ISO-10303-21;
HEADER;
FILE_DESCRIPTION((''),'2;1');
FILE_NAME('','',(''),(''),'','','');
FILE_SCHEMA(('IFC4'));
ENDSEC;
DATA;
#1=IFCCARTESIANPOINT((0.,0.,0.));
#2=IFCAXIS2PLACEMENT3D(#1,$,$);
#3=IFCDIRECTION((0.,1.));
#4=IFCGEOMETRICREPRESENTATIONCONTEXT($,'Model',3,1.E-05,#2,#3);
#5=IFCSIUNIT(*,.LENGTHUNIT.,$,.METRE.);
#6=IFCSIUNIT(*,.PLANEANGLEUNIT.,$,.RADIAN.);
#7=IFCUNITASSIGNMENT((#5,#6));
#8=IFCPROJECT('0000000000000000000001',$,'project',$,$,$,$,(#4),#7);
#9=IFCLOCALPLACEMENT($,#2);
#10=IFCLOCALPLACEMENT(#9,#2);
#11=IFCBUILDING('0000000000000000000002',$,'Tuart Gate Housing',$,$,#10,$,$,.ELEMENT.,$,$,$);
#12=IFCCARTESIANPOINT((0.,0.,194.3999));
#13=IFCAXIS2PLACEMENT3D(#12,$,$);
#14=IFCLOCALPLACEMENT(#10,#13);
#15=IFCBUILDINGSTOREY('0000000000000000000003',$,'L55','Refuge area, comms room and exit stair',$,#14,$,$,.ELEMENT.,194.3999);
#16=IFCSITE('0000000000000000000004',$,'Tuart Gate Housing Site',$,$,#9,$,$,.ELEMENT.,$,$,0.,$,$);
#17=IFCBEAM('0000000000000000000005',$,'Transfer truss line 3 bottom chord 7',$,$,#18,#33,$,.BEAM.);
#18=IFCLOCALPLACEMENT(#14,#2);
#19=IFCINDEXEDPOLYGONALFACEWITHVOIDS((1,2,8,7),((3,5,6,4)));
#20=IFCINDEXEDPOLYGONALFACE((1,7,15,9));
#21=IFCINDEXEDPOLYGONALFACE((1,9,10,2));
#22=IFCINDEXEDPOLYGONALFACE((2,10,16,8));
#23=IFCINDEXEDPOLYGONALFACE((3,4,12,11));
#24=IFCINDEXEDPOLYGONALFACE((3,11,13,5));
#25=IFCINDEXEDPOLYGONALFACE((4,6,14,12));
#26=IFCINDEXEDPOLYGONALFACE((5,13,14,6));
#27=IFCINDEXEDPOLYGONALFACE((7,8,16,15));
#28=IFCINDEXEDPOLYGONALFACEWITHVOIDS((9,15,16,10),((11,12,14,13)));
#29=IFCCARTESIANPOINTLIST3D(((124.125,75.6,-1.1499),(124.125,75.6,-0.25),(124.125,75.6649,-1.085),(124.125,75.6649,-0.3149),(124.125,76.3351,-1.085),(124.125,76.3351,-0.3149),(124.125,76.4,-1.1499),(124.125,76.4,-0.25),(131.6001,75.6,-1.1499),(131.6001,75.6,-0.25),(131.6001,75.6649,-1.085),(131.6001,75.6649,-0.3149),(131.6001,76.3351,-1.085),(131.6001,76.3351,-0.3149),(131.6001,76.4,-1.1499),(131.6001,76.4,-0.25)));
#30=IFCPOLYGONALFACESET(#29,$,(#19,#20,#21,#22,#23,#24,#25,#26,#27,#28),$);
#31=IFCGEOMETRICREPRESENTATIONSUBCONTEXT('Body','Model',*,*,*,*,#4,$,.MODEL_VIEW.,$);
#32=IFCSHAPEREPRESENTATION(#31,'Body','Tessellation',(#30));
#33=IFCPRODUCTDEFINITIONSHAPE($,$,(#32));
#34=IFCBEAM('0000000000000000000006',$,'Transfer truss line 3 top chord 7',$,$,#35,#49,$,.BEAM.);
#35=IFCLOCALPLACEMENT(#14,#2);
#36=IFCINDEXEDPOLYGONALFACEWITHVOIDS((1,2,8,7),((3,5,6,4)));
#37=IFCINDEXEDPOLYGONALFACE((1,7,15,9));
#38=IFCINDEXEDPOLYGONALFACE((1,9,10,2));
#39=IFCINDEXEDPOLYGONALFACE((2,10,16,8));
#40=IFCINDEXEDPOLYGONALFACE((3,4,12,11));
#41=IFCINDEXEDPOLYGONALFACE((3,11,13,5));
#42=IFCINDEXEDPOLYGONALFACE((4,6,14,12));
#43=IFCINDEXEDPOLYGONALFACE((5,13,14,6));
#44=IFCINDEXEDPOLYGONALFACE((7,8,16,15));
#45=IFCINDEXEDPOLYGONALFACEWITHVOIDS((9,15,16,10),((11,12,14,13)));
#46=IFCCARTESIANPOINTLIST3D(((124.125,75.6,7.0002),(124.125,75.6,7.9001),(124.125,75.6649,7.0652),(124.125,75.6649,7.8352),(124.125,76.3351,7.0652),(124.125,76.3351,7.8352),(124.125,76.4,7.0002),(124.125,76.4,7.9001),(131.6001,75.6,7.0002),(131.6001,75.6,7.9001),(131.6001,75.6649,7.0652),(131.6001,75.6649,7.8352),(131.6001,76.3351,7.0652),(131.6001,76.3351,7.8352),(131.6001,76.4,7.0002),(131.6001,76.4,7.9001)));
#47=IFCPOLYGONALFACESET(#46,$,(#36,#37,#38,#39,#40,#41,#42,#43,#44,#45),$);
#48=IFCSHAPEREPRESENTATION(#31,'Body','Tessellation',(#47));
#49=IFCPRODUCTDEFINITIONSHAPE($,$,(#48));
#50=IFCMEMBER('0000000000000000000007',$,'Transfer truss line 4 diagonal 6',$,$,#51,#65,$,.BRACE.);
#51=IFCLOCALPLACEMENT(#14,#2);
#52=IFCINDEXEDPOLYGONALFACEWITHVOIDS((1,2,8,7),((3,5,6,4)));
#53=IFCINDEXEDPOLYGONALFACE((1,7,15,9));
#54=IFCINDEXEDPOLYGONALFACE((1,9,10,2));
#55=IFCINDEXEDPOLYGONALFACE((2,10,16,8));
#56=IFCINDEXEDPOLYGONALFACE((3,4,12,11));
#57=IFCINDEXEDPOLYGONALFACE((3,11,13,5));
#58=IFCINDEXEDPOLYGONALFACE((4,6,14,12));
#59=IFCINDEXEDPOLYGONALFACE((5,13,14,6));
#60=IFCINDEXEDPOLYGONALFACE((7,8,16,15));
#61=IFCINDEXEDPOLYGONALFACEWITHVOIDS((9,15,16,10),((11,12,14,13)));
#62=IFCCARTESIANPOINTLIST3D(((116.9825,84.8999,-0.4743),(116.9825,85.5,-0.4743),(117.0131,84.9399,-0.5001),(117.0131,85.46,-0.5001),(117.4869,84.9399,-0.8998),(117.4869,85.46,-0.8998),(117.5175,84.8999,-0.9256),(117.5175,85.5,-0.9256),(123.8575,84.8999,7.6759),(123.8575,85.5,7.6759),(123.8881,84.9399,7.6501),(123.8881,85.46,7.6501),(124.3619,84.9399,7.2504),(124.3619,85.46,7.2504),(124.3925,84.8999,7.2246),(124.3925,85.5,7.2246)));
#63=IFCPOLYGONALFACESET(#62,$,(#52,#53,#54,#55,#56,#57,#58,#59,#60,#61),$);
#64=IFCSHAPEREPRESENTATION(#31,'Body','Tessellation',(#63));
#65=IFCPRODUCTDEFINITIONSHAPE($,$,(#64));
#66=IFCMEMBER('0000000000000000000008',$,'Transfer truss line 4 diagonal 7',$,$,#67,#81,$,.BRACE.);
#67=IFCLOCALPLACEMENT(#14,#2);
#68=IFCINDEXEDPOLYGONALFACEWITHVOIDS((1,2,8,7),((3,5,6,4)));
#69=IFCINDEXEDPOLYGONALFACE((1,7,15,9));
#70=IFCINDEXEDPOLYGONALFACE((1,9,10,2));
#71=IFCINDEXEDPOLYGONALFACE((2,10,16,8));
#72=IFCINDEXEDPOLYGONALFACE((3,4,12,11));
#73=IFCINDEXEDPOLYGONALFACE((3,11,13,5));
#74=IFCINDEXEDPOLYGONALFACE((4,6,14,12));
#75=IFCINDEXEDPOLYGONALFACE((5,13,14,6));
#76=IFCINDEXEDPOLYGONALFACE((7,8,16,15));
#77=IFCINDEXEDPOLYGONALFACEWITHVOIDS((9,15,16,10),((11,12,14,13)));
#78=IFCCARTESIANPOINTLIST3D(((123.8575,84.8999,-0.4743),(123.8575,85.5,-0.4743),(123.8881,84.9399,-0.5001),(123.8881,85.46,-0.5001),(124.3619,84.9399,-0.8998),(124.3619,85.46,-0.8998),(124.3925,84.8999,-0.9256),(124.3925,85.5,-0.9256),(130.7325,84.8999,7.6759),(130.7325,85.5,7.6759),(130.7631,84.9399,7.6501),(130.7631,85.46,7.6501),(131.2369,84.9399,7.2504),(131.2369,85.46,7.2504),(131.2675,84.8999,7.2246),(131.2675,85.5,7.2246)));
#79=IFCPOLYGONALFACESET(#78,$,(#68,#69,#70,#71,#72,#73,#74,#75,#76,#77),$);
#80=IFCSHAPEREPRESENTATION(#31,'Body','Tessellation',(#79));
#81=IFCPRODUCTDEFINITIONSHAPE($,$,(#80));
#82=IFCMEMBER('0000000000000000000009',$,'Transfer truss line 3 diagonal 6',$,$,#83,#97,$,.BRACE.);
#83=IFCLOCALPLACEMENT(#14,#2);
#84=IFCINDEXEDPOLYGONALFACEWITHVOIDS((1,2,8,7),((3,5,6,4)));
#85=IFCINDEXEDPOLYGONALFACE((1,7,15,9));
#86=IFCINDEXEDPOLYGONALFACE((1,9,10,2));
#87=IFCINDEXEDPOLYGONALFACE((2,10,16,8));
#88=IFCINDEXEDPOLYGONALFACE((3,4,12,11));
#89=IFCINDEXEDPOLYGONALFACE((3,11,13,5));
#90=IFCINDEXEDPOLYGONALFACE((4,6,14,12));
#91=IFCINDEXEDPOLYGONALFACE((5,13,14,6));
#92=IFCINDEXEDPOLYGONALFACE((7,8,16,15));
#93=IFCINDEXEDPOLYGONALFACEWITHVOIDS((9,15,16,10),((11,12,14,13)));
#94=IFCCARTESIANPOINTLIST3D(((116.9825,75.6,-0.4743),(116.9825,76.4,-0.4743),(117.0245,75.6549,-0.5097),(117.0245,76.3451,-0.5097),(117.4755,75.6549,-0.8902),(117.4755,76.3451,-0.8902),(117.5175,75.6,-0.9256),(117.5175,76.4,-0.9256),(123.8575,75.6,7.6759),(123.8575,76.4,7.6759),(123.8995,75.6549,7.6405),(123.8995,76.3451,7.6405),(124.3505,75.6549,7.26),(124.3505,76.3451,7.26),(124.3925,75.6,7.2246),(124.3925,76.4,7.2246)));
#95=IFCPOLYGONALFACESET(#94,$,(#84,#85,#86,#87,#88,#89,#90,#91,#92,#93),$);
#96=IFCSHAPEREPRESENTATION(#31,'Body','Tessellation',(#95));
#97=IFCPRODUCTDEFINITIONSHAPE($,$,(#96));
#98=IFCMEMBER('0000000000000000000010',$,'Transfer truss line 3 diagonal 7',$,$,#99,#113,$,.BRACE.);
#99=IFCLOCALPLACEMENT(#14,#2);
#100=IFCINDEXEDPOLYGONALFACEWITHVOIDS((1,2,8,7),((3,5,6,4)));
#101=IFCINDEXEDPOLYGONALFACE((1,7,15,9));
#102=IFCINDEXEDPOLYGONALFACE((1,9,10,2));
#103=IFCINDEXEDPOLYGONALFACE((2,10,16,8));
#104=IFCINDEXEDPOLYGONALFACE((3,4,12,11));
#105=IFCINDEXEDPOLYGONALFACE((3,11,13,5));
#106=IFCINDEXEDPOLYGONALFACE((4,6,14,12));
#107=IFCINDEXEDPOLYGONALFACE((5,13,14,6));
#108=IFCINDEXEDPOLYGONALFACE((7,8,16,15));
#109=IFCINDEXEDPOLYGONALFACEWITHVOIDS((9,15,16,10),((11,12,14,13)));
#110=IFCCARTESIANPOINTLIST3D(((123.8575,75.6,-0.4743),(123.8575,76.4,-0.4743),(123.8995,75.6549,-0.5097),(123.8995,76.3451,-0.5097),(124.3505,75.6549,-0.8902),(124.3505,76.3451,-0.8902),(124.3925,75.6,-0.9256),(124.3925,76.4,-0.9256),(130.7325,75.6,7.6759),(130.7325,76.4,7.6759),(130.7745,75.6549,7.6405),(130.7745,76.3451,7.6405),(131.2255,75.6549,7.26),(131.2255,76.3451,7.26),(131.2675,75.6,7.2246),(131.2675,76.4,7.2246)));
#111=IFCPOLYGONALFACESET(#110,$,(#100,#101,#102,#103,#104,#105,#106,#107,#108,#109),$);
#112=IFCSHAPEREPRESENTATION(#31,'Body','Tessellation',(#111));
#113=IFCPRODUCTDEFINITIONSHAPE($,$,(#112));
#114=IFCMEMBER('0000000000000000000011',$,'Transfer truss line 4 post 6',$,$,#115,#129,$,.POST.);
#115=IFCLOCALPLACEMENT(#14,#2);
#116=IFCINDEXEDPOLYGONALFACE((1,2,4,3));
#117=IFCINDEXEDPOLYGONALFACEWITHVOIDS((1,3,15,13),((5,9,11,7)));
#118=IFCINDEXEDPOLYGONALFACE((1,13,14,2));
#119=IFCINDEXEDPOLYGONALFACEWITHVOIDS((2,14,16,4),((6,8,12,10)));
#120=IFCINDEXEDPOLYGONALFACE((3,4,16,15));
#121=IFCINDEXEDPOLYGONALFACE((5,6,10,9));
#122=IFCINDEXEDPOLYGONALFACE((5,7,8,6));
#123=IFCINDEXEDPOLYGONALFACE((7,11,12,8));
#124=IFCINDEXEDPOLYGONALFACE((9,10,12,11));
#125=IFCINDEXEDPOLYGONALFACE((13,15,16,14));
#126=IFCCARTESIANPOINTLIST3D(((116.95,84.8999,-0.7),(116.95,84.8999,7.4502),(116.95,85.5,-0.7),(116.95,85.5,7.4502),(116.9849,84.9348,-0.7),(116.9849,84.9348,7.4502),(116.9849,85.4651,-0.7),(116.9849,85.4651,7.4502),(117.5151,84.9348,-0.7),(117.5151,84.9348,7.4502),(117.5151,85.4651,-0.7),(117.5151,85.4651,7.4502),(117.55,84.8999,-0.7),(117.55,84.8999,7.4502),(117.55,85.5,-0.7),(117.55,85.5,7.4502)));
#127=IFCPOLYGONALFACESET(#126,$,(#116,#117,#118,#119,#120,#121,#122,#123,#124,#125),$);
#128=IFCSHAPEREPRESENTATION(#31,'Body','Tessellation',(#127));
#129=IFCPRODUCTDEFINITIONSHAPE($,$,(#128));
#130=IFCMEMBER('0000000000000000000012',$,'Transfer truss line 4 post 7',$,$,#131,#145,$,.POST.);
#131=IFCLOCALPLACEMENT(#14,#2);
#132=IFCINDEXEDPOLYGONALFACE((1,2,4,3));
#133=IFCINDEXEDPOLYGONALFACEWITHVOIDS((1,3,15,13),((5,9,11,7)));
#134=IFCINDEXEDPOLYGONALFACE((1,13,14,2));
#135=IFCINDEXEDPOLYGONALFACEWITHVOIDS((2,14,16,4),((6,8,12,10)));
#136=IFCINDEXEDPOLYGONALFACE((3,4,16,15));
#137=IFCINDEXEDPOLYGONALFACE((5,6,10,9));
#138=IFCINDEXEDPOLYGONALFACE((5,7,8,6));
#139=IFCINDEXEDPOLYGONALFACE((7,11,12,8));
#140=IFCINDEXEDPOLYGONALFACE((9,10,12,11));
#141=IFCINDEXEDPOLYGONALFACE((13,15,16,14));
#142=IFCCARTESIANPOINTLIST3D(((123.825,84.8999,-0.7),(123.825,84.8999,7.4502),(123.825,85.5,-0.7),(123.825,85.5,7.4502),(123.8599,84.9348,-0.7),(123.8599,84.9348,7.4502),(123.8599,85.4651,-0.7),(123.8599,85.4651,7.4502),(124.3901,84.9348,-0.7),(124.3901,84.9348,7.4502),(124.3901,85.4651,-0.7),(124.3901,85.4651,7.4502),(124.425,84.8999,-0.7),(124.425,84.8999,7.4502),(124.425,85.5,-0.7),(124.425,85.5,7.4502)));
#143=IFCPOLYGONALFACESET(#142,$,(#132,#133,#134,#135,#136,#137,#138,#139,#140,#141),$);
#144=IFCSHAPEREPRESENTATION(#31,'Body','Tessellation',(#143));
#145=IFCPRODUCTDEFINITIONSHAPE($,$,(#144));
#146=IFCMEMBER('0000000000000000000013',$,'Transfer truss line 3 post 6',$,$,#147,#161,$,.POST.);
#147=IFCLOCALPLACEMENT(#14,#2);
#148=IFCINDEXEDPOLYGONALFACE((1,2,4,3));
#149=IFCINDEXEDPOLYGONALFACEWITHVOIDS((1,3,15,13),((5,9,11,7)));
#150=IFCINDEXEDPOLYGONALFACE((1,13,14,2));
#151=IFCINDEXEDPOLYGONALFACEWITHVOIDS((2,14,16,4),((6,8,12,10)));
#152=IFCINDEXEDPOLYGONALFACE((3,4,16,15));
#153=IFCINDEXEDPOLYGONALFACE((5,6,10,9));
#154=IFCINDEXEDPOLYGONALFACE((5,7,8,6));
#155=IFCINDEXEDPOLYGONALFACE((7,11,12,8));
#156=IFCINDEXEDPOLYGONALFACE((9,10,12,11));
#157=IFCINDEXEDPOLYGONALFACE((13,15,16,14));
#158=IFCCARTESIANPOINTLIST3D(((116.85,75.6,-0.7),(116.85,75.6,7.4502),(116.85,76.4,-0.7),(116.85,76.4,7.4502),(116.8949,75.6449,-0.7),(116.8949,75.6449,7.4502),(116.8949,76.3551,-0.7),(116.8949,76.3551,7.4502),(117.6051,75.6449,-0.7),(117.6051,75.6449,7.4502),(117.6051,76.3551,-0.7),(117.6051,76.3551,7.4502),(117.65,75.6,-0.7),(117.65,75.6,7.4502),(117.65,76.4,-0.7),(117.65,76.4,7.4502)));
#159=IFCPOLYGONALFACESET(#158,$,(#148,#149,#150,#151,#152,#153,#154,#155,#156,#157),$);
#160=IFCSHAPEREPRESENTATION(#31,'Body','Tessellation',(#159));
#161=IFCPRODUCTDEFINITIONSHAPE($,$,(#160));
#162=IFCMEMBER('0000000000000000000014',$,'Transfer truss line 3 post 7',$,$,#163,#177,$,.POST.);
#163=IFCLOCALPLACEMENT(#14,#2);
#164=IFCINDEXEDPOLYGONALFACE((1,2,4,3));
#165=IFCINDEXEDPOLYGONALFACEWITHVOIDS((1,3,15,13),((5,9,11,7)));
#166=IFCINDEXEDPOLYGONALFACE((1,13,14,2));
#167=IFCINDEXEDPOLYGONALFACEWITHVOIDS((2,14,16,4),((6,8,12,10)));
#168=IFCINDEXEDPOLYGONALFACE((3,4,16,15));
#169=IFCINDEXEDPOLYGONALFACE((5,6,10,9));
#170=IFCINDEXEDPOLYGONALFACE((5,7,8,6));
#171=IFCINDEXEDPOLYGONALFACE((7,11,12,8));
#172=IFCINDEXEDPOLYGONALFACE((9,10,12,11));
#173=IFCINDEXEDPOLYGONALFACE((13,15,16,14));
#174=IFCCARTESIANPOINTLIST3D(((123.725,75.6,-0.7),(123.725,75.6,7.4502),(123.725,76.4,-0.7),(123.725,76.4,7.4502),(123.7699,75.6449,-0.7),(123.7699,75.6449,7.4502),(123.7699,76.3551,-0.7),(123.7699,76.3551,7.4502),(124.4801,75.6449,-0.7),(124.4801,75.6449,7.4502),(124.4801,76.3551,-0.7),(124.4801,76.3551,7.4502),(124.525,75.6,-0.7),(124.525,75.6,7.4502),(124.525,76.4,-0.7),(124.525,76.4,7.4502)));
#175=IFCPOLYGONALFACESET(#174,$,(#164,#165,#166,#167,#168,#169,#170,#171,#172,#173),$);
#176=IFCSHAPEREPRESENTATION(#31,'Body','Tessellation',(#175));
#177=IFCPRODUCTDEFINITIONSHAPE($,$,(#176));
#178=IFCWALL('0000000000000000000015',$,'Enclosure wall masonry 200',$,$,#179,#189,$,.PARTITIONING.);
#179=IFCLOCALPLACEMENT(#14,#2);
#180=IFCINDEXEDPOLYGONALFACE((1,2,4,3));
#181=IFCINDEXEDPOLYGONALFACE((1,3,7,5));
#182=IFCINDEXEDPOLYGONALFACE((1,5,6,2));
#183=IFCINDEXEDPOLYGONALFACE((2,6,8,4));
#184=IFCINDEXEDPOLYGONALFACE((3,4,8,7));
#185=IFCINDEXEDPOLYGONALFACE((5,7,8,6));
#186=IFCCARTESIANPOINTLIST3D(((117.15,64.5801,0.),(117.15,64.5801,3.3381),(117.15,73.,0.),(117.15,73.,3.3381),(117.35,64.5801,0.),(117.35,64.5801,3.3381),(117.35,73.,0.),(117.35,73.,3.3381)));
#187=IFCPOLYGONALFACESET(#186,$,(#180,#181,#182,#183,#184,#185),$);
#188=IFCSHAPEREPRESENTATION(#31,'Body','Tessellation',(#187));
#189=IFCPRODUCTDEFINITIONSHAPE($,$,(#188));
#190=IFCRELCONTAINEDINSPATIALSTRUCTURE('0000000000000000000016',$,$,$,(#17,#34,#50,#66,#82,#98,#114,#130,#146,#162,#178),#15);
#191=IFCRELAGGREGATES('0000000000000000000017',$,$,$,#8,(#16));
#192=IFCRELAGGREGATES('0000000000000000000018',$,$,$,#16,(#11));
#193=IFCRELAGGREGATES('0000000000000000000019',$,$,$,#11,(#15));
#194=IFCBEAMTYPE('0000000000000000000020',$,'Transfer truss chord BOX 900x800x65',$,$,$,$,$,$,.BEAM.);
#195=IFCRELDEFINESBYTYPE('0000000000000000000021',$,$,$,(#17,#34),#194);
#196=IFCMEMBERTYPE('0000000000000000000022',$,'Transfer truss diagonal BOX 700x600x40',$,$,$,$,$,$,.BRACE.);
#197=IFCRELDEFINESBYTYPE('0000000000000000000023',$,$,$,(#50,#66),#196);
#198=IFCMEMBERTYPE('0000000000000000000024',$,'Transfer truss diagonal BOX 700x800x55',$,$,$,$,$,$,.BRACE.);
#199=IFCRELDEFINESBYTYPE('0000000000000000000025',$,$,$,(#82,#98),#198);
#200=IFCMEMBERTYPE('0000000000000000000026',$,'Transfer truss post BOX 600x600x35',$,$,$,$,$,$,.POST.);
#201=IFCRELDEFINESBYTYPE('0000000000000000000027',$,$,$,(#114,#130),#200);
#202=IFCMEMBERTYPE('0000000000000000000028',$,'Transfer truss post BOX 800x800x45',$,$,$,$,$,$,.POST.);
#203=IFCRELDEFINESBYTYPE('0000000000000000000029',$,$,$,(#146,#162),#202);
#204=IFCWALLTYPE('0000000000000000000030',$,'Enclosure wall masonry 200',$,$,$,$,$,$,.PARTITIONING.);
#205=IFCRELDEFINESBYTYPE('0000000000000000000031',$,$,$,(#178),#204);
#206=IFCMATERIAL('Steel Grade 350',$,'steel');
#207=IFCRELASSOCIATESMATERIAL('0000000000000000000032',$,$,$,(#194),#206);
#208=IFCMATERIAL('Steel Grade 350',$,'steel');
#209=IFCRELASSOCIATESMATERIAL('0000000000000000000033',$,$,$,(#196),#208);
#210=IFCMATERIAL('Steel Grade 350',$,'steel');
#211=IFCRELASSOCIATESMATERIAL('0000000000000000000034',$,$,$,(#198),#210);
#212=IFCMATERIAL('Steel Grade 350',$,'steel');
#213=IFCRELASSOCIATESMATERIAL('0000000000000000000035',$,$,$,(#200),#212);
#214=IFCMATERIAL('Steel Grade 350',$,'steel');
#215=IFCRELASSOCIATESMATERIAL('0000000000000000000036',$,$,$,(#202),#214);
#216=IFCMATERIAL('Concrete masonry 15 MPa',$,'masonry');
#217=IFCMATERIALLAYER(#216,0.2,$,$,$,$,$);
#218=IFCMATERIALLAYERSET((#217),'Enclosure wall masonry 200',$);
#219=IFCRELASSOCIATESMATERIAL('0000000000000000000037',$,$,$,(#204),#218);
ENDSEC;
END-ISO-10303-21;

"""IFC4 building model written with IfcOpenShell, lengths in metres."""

from ifc_helpers import new_model, si_unit, direction, frame, frame_2d, origin, origin_2d, place, context, subcontext, project, spatial, rectangle, hollow_rectangle, extrude, material, layer, layer_set, material_profile, profile_set, type_object, element, save


model = new_model("IFC4")

# Units and contexts
model_context = context("Model", 3, precision=1e-05, world=origin(), true_north=direction((0.0, 1.0)))
body_context = subcontext(model_context, "Body", "Model", "MODEL_VIEW")
ifc_project = project(units=[si_unit("LENGTHUNIT", "METRE"), si_unit("PLANEANGLEUNIT", "RADIAN")], contexts=[model_context])

# Site, building, storey
site_placement = place(None, origin())
site = spatial("IfcSite", under=ifc_project, at=site_placement, Name="Tuart Gate Housing Site", CompositionType="ELEMENT", RefElevation=0.0)
building_placement = place(site_placement, origin())
building = spatial("IfcBuilding", under=site, at=building_placement, Name="Tuart Gate Housing", CompositionType="ELEMENT")
storey_placement = place(building_placement, frame((0.0, 0.0, 194.3999)))
storey = spatial("IfcBuildingStorey", under=building, at=storey_placement, Name="L55", Description="Refuge area, comms room and exit stair", CompositionType="ELEMENT", Elevation=194.3999)

# Beams
ifc_material_1 = material(Name="Steel Grade 350", Category="steel")
ifc_material_profile_1 = material_profile(ifc_material_1, hollow_rectangle(XDim=0.8, YDim=0.8999, WallThickness=0.0649, at=origin_2d()), Name="BOX 900x800x65")
ifc_profile_set_1 = profile_set([ifc_material_profile_1], Name="Steel Grade 350")
beam_type_1 = type_object("IfcBeamType", Name="Transfer truss chord BOX 900x800x65", PredefinedType="BEAM", material=ifc_profile_set_1)
for number, where, z_axis, x_axis, name in (
    (1, (124.125, 76.0, -0.7), (1.0, 0.0, 0.0), (0.0, 1.0, 0.0), "Transfer truss line 3 bottom chord 7"),
    (2, (124.125, 76.0, 7.4502), (1.0, 0.0, 0.0), (0.0, 1.0, 0.0), "Transfer truss line 3 top chord 7"),
):
    element("IfcBeam", number, at=place(storey_placement, frame(where, z_axis=z_axis, x_axis=x_axis)), inside=storey, type_object=beam_type_1, Name=name, PredefinedType="BEAM", context=body_context, shape_type="SweptSolid", body=[
        extrude(hollow_rectangle(XDim=0.8, YDim=0.8999, WallThickness=0.0649, at=origin_2d()), origin(), (0.0, 0.0, 1.0), 7.4751),
    ])

# Members
ifc_material_2 = material(Name="Steel Grade 350", Category="steel")
ifc_material_profile_2 = material_profile(ifc_material_2, hollow_rectangle(XDim=0.6001, YDim=0.7, WallThickness=0.04, at=origin_2d()), Name="BOX 700x600x40")
ifc_profile_set_2 = profile_set([ifc_material_profile_2], Name="Steel Grade 350")
member_type_1 = type_object("IfcMemberType", Name="Transfer truss diagonal BOX 700x600x40", PredefinedType="BRACE", material=ifc_profile_set_2)
for number, where, z_axis, x_axis, name in (
    (3, (117.25, 85.2, -0.7), (0.644779, 0.0, 0.764369), (0.0, 1.0, 0.0), "Transfer truss line 4 diagonal 6"),
    (4, (124.125, 85.2, -0.7), (0.644779, 0.0, 0.764369), (0.0, 1.0, 0.0), "Transfer truss line 4 diagonal 7"),
):
    element("IfcMember", number, at=place(storey_placement, frame(where, z_axis=z_axis, x_axis=x_axis)), inside=storey, type_object=member_type_1, Name=name, PredefinedType="BRACE", context=body_context, shape_type="SweptSolid", body=[
        extrude(hollow_rectangle(XDim=0.6001, YDim=0.7, WallThickness=0.04, at=origin_2d()), origin(), (0.0, 0.0, 1.0), 10.6626),
    ])
ifc_material_3 = material(Name="Steel Grade 350", Category="steel")
ifc_material_profile_3 = material_profile(ifc_material_3, hollow_rectangle(XDim=0.8, YDim=0.7, WallThickness=0.0549, at=origin_2d()), Name="BOX 700x800x55")
ifc_profile_set_3 = profile_set([ifc_material_profile_3], Name="Steel Grade 350")
member_type_2 = type_object("IfcMemberType", Name="Transfer truss diagonal BOX 700x800x55", PredefinedType="BRACE", material=ifc_profile_set_3)
for number, where, z_axis, x_axis, name in (
    (5, (117.25, 76.0, -0.7), (0.644779, 0.0, 0.764369), (0.0, 1.0, 0.0), "Transfer truss line 3 diagonal 6"),
    (6, (124.125, 76.0, -0.7), (0.644779, 0.0, 0.764369), (0.0, 1.0, 0.0), "Transfer truss line 3 diagonal 7"),
):
    element("IfcMember", number, at=place(storey_placement, frame(where, z_axis=z_axis, x_axis=x_axis)), inside=storey, type_object=member_type_2, Name=name, PredefinedType="BRACE", context=body_context, shape_type="SweptSolid", body=[
        extrude(hollow_rectangle(XDim=0.8, YDim=0.7, WallThickness=0.0549, at=origin_2d()), origin(), (0.0, 0.0, 1.0), 10.6626),
    ])
ifc_material_4 = material(Name="Steel Grade 350", Category="steel")
ifc_material_profile_4 = material_profile(ifc_material_4, hollow_rectangle(XDim=0.6001, YDim=0.6001, WallThickness=0.0349, at=origin_2d()), Name="BOX 600x600x35")
ifc_profile_set_4 = profile_set([ifc_material_profile_4], Name="Steel Grade 350")
member_type_3 = type_object("IfcMemberType", Name="Transfer truss post BOX 600x600x35", PredefinedType="POST", material=ifc_profile_set_4)
for number, where, z_axis, x_axis, name in (
    (7, (117.25, 85.2, -0.7), (0.0, 0.0, 1.0), (1.0, 0.0, 0.0), "Transfer truss line 4 post 6"),
    (8, (124.125, 85.2, -0.7), (0.0, 0.0, 1.0), (1.0, 0.0, 0.0), "Transfer truss line 4 post 7"),
):
    element("IfcMember", number, at=place(storey_placement, frame(where, z_axis=z_axis, x_axis=x_axis)), inside=storey, type_object=member_type_3, Name=name, PredefinedType="POST", context=body_context, shape_type="SweptSolid", body=[
        extrude(hollow_rectangle(XDim=0.6001, YDim=0.6001, WallThickness=0.0349, at=origin_2d()), origin(), (0.0, 0.0, 1.0), 8.1501),
    ])
ifc_material_5 = material(Name="Steel Grade 350", Category="steel")
ifc_material_profile_5 = material_profile(ifc_material_5, hollow_rectangle(XDim=0.8, YDim=0.8, WallThickness=0.0449, at=origin_2d()), Name="BOX 800x800x45")
ifc_profile_set_5 = profile_set([ifc_material_profile_5], Name="Steel Grade 350")
member_type_4 = type_object("IfcMemberType", Name="Transfer truss post BOX 800x800x45", PredefinedType="POST", material=ifc_profile_set_5)
for number, where, z_axis, x_axis, name in (
    (9, (117.25, 76.0, -0.7), (0.0, 0.0, 1.0), (1.0, 0.0, 0.0), "Transfer truss line 3 post 6"),
    (10, (124.125, 76.0, -0.7), (0.0, 0.0, 1.0), (1.0, 0.0, 0.0), "Transfer truss line 3 post 7"),
):
    element("IfcMember", number, at=place(storey_placement, frame(where, z_axis=z_axis, x_axis=x_axis)), inside=storey, type_object=member_type_4, Name=name, PredefinedType="POST", context=body_context, shape_type="SweptSolid", body=[
        extrude(hollow_rectangle(XDim=0.8, YDim=0.8, WallThickness=0.0449, at=origin_2d()), origin(), (0.0, 0.0, 1.0), 8.1501),
    ])

# Wall
ifc_material_6 = material(Name="Concrete masonry 15 MPa", Category="masonry")
ifc_layer = layer(ifc_material_6, 0.2)
ifc_layer_set = layer_set([ifc_layer], Name="Enclosure wall masonry 200")
wall_type = type_object("IfcWallType", Name="Enclosure wall masonry 200", PredefinedType="PARTITIONING", material=ifc_layer_set)
wall_1_placement = place(storey_placement, frame((117.25, 64.5801, 0.0), z_axis=(0.0, 0.0, 1.0), x_axis=(0.0, 1.0, 0.0)))
element("IfcWall", 11, at=wall_1_placement, inside=storey, type_object=wall_type, Name="Enclosure wall masonry 200", PredefinedType="PARTITIONING", context=body_context, shape_type="SweptSolid", body=[
    extrude(rectangle(XDim=8.4199, YDim=0.2, at=frame_2d((4.21, 0.0))), origin(), (0.0, 0.0, 1.0), 3.3381),
])

save(model, "model.ifc")
